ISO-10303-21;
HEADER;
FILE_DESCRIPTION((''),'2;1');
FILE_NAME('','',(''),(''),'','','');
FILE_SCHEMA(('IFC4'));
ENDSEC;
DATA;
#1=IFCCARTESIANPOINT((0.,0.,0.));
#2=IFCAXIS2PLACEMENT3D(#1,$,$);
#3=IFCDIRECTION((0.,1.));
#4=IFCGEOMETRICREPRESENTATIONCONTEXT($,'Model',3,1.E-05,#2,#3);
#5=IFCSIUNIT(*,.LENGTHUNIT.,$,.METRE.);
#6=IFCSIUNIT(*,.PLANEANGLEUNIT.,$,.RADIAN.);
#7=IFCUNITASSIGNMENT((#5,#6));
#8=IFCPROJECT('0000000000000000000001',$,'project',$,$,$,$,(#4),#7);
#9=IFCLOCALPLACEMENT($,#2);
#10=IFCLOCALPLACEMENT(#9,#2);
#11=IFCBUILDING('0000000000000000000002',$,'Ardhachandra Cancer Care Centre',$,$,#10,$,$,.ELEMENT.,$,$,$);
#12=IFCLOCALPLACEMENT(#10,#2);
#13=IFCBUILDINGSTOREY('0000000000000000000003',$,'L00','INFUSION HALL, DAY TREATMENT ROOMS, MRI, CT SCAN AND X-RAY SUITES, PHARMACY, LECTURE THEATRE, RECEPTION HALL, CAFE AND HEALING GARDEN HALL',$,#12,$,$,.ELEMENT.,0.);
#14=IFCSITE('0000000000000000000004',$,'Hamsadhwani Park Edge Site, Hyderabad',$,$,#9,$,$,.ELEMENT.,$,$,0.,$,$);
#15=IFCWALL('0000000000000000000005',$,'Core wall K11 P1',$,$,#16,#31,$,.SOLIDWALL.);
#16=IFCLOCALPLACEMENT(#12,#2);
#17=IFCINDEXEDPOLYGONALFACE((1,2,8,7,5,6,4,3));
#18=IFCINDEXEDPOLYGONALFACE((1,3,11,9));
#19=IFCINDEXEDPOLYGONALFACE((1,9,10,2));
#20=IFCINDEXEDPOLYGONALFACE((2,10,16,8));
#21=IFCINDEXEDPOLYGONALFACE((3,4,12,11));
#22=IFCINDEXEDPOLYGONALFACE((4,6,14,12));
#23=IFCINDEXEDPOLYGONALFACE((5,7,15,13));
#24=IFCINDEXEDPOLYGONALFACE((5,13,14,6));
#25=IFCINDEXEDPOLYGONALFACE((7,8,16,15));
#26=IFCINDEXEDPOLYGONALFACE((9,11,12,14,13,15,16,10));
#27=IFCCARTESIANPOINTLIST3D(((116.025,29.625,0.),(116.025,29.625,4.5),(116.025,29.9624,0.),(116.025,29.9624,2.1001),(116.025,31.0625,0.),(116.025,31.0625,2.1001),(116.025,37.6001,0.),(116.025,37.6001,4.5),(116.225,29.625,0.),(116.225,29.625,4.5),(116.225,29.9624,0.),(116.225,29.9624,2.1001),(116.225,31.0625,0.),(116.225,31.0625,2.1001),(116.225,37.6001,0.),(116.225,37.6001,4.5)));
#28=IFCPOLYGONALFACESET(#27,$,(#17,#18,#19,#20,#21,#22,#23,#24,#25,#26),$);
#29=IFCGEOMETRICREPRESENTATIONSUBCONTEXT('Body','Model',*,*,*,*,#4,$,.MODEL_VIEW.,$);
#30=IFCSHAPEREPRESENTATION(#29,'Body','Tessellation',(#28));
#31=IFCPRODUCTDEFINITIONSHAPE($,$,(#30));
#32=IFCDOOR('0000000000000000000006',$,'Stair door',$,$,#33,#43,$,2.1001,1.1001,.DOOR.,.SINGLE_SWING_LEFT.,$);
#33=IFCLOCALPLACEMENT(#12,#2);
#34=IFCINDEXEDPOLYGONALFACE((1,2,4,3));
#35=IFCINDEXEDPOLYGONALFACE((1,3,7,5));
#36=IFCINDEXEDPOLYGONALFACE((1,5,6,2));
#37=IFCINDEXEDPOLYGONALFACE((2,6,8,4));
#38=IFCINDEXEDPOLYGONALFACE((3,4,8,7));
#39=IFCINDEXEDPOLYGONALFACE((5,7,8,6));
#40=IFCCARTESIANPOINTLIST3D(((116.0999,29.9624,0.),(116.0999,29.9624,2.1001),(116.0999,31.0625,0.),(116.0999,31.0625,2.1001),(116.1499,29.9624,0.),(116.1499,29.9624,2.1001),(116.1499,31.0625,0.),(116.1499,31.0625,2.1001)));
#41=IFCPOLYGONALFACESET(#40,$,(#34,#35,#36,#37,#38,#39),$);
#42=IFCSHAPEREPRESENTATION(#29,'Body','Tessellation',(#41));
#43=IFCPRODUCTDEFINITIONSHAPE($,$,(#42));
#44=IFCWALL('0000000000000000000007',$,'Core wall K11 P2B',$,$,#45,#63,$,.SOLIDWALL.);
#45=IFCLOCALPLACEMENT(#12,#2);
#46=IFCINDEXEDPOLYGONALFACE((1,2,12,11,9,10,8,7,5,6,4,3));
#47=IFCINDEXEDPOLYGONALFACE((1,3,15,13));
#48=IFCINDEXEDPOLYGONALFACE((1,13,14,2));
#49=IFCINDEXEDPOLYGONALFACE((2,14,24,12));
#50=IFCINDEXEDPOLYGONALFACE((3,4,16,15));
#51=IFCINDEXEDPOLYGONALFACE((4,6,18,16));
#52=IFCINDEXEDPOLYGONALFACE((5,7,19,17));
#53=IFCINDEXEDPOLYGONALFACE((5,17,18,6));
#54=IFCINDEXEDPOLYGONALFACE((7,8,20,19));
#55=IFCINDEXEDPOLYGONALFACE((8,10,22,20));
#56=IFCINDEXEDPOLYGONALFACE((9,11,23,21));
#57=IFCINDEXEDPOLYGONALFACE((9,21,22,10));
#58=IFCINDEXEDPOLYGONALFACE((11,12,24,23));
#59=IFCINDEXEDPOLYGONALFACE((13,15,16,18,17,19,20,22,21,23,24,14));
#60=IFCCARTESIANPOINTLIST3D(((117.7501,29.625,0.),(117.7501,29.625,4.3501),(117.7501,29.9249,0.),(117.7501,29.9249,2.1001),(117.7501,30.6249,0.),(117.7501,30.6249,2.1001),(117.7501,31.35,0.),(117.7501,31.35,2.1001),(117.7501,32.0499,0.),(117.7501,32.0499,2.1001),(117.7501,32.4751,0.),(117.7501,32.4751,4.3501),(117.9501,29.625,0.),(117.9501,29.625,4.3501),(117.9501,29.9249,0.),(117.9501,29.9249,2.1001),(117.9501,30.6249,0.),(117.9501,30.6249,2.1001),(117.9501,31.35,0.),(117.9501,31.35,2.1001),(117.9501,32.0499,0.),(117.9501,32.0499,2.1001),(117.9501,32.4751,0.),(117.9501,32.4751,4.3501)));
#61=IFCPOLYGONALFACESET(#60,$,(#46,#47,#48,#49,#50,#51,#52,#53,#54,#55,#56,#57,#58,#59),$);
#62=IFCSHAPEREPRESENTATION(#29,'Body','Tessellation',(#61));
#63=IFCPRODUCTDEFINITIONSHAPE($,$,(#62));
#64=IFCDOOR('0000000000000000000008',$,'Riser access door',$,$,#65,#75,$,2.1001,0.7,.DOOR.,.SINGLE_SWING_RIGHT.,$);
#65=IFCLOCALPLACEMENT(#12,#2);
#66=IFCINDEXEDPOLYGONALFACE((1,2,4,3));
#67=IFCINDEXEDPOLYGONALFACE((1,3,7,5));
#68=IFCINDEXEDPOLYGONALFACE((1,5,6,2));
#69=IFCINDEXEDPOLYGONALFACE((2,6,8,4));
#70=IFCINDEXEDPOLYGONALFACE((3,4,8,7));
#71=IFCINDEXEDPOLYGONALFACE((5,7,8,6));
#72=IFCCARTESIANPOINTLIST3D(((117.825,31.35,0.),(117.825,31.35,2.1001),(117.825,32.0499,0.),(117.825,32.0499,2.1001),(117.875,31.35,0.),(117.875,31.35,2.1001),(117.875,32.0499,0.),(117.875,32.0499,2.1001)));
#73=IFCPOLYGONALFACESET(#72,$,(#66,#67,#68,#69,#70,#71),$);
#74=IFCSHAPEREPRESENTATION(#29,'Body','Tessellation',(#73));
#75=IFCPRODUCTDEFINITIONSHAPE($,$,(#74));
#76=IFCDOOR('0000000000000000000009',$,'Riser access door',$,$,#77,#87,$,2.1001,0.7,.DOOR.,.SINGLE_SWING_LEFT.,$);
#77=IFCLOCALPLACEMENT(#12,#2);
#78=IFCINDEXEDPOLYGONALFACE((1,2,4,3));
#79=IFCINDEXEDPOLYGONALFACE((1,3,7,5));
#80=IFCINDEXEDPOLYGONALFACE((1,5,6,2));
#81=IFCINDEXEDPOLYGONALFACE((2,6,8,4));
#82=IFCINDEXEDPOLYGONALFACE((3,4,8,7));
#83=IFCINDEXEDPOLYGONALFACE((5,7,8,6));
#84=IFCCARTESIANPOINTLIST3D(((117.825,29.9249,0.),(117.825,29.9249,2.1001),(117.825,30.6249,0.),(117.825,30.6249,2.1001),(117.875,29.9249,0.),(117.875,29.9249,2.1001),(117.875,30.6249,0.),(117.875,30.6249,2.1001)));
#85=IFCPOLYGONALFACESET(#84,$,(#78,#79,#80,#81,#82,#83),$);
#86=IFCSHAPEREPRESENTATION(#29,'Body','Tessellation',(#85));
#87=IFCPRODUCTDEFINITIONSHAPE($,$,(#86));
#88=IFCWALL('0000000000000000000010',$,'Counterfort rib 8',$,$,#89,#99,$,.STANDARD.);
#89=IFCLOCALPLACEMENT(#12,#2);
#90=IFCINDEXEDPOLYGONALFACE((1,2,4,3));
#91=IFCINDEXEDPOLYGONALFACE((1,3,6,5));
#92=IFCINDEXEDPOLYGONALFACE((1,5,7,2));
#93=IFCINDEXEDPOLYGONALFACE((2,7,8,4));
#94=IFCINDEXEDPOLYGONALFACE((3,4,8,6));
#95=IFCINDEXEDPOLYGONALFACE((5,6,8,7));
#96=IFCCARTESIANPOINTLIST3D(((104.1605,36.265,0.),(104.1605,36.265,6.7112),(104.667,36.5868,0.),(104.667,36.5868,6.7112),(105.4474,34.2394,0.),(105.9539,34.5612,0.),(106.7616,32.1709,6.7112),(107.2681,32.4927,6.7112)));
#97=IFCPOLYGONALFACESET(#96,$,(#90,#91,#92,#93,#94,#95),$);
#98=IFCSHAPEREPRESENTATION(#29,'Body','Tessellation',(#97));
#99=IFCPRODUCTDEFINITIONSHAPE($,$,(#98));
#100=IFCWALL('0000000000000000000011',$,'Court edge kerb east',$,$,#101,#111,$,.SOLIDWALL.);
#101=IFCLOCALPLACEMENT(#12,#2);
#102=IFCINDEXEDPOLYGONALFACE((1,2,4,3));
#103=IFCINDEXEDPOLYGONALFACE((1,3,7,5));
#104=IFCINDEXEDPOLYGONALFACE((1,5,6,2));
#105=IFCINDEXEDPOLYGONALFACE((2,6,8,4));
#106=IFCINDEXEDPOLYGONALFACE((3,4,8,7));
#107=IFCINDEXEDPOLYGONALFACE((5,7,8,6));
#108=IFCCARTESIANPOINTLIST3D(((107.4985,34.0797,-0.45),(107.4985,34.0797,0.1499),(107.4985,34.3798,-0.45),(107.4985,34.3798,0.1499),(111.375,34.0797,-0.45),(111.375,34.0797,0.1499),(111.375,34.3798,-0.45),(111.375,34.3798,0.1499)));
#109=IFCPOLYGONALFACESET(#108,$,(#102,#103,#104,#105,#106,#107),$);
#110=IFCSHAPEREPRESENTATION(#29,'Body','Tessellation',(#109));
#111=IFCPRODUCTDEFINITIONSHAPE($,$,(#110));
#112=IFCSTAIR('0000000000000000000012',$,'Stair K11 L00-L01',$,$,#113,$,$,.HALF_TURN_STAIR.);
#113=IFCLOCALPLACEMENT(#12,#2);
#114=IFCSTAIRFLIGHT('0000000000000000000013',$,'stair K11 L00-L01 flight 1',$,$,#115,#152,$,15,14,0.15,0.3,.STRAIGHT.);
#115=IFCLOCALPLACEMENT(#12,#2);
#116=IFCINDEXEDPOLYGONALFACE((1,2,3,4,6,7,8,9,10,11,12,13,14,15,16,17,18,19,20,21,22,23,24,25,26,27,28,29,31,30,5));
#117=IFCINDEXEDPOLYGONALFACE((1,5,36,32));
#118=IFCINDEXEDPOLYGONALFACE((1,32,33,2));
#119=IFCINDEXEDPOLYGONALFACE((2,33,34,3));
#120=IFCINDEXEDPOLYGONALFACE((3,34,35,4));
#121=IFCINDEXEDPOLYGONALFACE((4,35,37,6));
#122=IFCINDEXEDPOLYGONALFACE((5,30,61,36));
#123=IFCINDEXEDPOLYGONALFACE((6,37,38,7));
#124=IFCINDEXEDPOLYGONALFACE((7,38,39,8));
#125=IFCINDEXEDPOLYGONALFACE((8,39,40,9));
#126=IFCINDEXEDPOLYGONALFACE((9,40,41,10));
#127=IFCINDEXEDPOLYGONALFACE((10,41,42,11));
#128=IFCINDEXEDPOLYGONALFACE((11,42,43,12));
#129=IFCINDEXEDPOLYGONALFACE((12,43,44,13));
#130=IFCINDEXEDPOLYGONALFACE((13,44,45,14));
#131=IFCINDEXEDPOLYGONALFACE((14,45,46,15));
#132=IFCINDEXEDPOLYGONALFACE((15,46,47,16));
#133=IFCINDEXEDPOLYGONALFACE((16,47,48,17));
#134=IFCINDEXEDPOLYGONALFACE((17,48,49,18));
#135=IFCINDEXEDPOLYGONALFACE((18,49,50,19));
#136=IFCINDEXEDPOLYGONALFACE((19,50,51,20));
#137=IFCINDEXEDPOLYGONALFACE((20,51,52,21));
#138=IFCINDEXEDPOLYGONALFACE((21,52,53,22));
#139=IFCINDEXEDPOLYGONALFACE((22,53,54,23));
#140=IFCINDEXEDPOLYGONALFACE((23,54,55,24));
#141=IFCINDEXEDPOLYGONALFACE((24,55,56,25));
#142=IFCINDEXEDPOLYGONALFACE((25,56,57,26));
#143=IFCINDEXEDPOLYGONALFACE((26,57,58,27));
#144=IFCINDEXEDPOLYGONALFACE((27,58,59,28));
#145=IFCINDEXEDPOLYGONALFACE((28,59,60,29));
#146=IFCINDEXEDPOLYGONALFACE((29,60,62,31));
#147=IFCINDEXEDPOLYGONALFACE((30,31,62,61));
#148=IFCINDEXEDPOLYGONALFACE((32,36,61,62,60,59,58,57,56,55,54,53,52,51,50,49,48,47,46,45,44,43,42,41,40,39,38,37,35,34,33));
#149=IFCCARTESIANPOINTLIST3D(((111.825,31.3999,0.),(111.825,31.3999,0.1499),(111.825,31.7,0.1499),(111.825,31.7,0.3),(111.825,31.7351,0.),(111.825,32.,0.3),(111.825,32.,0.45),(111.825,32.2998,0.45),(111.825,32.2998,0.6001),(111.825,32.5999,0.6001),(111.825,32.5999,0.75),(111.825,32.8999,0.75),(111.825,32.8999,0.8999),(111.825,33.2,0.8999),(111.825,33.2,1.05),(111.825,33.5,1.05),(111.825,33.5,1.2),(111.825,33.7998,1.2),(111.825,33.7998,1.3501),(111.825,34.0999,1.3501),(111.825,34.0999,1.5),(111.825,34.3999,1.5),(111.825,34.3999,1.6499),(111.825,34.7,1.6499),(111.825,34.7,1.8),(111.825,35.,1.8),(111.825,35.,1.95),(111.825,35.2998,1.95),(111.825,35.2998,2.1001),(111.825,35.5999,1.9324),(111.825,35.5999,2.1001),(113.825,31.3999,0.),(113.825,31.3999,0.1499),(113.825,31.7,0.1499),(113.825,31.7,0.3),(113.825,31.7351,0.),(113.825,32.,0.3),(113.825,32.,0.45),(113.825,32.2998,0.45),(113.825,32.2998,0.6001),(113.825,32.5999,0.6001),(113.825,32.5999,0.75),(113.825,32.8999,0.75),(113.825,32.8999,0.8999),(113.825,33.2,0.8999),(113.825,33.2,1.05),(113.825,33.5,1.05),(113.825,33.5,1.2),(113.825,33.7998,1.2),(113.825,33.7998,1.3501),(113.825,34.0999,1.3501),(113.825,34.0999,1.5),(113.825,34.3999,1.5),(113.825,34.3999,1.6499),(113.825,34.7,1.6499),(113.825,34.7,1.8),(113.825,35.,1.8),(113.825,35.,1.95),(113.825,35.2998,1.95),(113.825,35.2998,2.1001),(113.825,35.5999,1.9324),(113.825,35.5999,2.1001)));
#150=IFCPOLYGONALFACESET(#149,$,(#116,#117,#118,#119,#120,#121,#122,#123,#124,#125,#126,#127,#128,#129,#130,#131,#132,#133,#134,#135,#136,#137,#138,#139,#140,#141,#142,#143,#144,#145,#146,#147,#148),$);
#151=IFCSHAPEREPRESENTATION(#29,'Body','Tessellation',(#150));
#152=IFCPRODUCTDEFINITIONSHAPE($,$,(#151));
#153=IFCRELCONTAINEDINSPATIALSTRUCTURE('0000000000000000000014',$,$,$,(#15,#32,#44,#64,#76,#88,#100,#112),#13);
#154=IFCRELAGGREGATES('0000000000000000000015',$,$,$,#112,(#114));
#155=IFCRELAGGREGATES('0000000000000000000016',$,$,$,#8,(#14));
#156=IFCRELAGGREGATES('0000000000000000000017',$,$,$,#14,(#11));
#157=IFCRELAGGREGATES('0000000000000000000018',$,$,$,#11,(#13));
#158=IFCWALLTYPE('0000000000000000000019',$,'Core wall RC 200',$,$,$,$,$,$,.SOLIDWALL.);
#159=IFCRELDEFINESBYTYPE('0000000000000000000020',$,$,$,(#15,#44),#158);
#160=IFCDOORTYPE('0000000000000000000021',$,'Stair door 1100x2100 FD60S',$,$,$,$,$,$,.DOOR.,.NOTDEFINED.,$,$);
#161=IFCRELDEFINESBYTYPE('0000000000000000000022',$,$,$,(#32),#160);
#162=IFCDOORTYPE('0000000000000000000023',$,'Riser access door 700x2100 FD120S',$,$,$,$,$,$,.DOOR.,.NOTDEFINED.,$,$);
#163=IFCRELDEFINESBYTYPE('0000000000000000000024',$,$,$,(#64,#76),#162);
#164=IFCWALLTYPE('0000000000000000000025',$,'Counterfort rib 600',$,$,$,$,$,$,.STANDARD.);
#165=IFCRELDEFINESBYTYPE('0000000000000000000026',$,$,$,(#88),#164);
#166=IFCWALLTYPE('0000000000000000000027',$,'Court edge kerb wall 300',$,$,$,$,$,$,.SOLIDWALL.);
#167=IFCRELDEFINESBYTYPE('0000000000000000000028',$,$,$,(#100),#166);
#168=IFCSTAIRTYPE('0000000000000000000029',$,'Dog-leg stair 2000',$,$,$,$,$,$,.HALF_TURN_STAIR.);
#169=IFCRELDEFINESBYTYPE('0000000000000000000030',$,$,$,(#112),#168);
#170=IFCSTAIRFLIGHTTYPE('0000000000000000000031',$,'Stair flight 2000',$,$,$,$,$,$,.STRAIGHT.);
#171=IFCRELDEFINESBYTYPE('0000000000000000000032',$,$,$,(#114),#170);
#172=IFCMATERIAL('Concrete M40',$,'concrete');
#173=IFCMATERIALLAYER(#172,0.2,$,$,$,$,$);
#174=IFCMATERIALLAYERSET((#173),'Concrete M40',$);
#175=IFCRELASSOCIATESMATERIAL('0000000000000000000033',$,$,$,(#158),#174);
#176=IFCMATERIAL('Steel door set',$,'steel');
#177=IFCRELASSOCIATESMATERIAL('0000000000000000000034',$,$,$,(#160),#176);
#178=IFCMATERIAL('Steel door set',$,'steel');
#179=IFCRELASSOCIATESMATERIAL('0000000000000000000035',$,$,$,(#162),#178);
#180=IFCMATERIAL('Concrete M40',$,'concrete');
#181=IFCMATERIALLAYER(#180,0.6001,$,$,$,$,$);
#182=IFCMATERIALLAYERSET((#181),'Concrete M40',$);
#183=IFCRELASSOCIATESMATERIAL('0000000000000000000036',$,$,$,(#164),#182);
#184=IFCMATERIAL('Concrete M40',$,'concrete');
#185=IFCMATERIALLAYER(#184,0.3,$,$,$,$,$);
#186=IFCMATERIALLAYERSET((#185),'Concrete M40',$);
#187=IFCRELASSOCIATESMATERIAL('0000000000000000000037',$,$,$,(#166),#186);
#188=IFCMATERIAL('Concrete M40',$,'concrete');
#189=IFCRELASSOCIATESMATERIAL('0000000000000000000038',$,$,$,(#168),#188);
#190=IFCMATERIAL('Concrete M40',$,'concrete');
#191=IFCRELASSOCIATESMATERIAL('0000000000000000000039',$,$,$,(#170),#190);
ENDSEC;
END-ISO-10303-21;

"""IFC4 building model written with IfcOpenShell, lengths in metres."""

from ifc_helpers import new_model, si_unit, direction, frame, frame_2d, origin, place, context, subcontext, project, spatial, polyline, rectangle, outline, extrude, material, layer, layer_set, type_object, element, fill, aggregate, save


model = new_model("IFC4")

# Units and contexts
model_context = context("Model", 3, precision=1e-05, world=origin(), true_north=direction((0.0, 1.0)))
body_context = subcontext(model_context, "Body", "Model", "MODEL_VIEW")
ifc_project = project(units=[si_unit("LENGTHUNIT", "METRE"), si_unit("PLANEANGLEUNIT", "RADIAN")], contexts=[model_context])

# Site, building, storey
site_placement = place(None, origin())
site = spatial("IfcSite", under=ifc_project, at=site_placement, Name="Hamsadhwani Park Edge Site, Hyderabad", CompositionType="ELEMENT", RefElevation=0.0)
building_placement = place(site_placement, origin())
building = spatial("IfcBuilding", under=site, at=building_placement, Name="Ardhachandra Cancer Care Centre", CompositionType="ELEMENT")
storey_placement = place(building_placement, origin())
storey = spatial("IfcBuildingStorey", under=building, at=storey_placement, Name="L00", Description="INFUSION HALL, DAY TREATMENT ROOMS, MRI, CT SCAN AND X-RAY SUITES, PHARMACY, LECTURE THEATRE, RECEPTION HALL, CAFE AND HEALING GARDEN HALL", CompositionType="ELEMENT", Elevation=0.0)

# Wall, opening, door
ifc_material_1 = material(Name="Concrete M40", Category="concrete")
ifc_layer_1 = layer(ifc_material_1, 0.2)
ifc_layer_set_1 = layer_set([ifc_layer_1], Name="Concrete M40")
wall_type_1 = type_object("IfcWallType", Name="Core wall RC 200", PredefinedType="SOLIDWALL", material=ifc_layer_set_1)
wall_1_placement = place(storey_placement, frame((116.125, 37.6001, 0.0), z_axis=(0.0, 0.0, 1.0), x_axis=(0.0, -1.0, 0.0)))
wall_1 = element("IfcWall", 1, at=wall_1_placement, inside=storey, type_object=wall_type_1, Name="Core wall K11 P1", PredefinedType="SOLIDWALL", context=body_context, shape_type="SweptSolid", body=[
    extrude(rectangle(XDim=7.9751, YDim=0.2, at=frame_2d((3.9875, 0.0))), origin(), (0.0, 0.0, 1.0), 4.5),
])
opening_1_placement = place(wall_1_placement, frame((6.5376, 0.0, 0.0)))
opening_1 = element("IfcOpeningElement", 2, at=opening_1_placement, cuts=wall_1, PredefinedType="OPENING", context=body_context, shape_type="SweptSolid", body=[
    extrude(rectangle(XDim=1.1001, YDim=2.1001, at=frame_2d((0.55, 1.05))), frame((0.0, 0.1099, 0.0), z_axis=(0.0, -1.0, 0.0), x_axis=(1.0, 0.0, 0.0)), (0.0, 0.0, 1.0), 0.22),
])
ifc_material_2 = material(Name="Steel door set", Category="steel")
door_type_1 = type_object("IfcDoorType", Name="Stair door 1100x2100 FD60S", OperationType="NOTDEFINED", PredefinedType="DOOR", material=ifc_material_2)
door_1_placement = place(opening_1_placement, origin())
door_1 = element("IfcDoor", 3, at=door_1_placement, inside=storey, type_object=door_type_1, Name="Stair door", OperationType="SINGLE_SWING_LEFT", OverallHeight=2.1001, OverallWidth=1.1001, PredefinedType="DOOR", context=body_context, shape_type="SweptSolid", body=[
    extrude(rectangle(XDim=1.1001, YDim=2.1001, at=frame_2d((0.55, 1.05))), frame((0.0, 0.0249, 0.0), z_axis=(0.0, -1.0, 0.0), x_axis=(1.0, 0.0, 0.0)), (0.0, 0.0, 1.0), 0.05),
])
fill(opening_1, door_1)

# Wall, openings, doors
wall_2_placement = place(storey_placement, frame((117.8501, 32.4751, 0.0), z_axis=(0.0, 0.0, 1.0), x_axis=(0.0, -1.0, 0.0)))
wall_2 = element("IfcWall", 4, at=wall_2_placement, inside=storey, type_object=wall_type_1, Name="Core wall K11 P2B", PredefinedType="SOLIDWALL", context=body_context, shape_type="SweptSolid", body=[
    extrude(rectangle(XDim=2.8501, YDim=0.2, at=frame_2d((1.425, 0.0))), origin(), (0.0, 0.0, 1.0), 4.3501),
])
opening_2_placement = place(wall_2_placement, frame((0.425, 0.0, 0.0)))
opening_2 = element("IfcOpeningElement", 5, at=opening_2_placement, cuts=wall_2, PredefinedType="OPENING", context=body_context, shape_type="SweptSolid", body=[
    extrude(rectangle(XDim=0.7, YDim=2.1001, at=frame_2d((0.3501, 1.05))), frame((0.0, 0.1099, 0.0), z_axis=(0.0, -1.0, 0.0), x_axis=(1.0, 0.0, 0.0)), (0.0, 0.0, 1.0), 0.22),
])
opening_3_placement = place(wall_2_placement, frame((1.8501, 0.0, 0.0)))
opening_3 = element("IfcOpeningElement", 6, at=opening_3_placement, cuts=wall_2, PredefinedType="OPENING", context=body_context, shape_type="SweptSolid", body=[
    extrude(rectangle(XDim=0.7, YDim=2.1001, at=frame_2d((0.3501, 1.05))), frame((0.0, 0.1099, 0.0), z_axis=(0.0, -1.0, 0.0), x_axis=(1.0, 0.0, 0.0)), (0.0, 0.0, 1.0), 0.22),
])
ifc_material_3 = material(Name="Steel door set", Category="steel")
door_type_2 = type_object("IfcDoorType", Name="Riser access door 700x2100 FD120S", OperationType="NOTDEFINED", PredefinedType="DOOR", material=ifc_material_3)
door_2_placement = place(opening_2_placement, origin())
door_2 = element("IfcDoor", 7, at=door_2_placement, inside=storey, type_object=door_type_2, Name="Riser access door", OperationType="SINGLE_SWING_RIGHT", OverallHeight=2.1001, OverallWidth=0.7, PredefinedType="DOOR", context=body_context, shape_type="SweptSolid", body=[
    extrude(rectangle(XDim=0.7, YDim=2.1001, at=frame_2d((0.3501, 1.05))), frame((0.0, 0.0249, 0.0), z_axis=(0.0, -1.0, 0.0), x_axis=(1.0, 0.0, 0.0)), (0.0, 0.0, 1.0), 0.05),
])
fill(opening_2, door_2)
door_3_placement = place(opening_3_placement, origin())
door_3 = element("IfcDoor", 8, at=door_3_placement, inside=storey, type_object=door_type_2, Name="Riser access door", OperationType="SINGLE_SWING_LEFT", OverallHeight=2.1001, OverallWidth=0.7, PredefinedType="DOOR", context=body_context, shape_type="SweptSolid", body=[
    extrude(rectangle(XDim=0.7, YDim=2.1001, at=frame_2d((0.3501, 1.05))), frame((0.0, 0.0249, 0.0), z_axis=(0.0, -1.0, 0.0), x_axis=(1.0, 0.0, 0.0)), (0.0, 0.0, 1.0), 0.05),
])
fill(opening_3, door_3)

# Walls
ifc_material_4 = material(Name="Concrete M40", Category="concrete")
ifc_layer_2 = layer(ifc_material_4, 0.6001)
ifc_layer_set_2 = layer_set([ifc_layer_2], Name="Concrete M40")
wall_type_2 = type_object("IfcWallType", Name="Counterfort rib 600", PredefinedType="STANDARD", material=ifc_layer_set_2)
wall_3_placement = place(storey_placement, frame((107.0149, 32.3318, 0.0), z_axis=(0.0, 0.0, 1.0), x_axis=(-0.53626, 0.844053, 0.0)))
element("IfcWall", 9, at=wall_3_placement, inside=storey, type_object=wall_type_2, Name="Counterfort rib 8", PredefinedType="STANDARD", context=body_context, shape_type="SweptSolid", body=[
    extrude(outline(polyline([(2.4507, 0.0), (4.8506, 0.0), (4.8506, 6.7112), (0.0, 6.7112), (2.4507, 0.0)])), frame((0.0, 0.3, 0.0), z_axis=(0.0, -1.0, 0.0), x_axis=(1.0, 0.0, 0.0)), (0.0, 0.0, 1.0), 0.6001),
])
ifc_material_5 = material(Name="Concrete M40", Category="concrete")
ifc_layer_3 = layer(ifc_material_5, 0.3)
ifc_layer_set_3 = layer_set([ifc_layer_3], Name="Concrete M40")
wall_type_3 = type_object("IfcWallType", Name="Court edge kerb wall 300", PredefinedType="SOLIDWALL", material=ifc_layer_set_3)
wall_4_placement = place(storey_placement, frame((107.4985, 34.2297, -0.45), z_axis=(0.0, 0.0, 1.0), x_axis=(1.0, 0.0, 0.0)))
element("IfcWall", 10, at=wall_4_placement, inside=storey, type_object=wall_type_3, Name="Court edge kerb east", PredefinedType="SOLIDWALL", context=body_context, shape_type="SweptSolid", body=[
    extrude(rectangle(XDim=3.8765, YDim=0.3, at=frame_2d((1.9382, 0.0))), origin(), (0.0, 0.0, 1.0), 0.5999),
])

# Stair, stair flight
ifc_material_6 = material(Name="Concrete M40", Category="concrete")
stair_type = type_object("IfcStairType", Name="Dog-leg stair 2000", PredefinedType="HALF_TURN_STAIR", material=ifc_material_6)
stair_placement = place(storey_placement, origin())
stair = element("IfcStair", 11, at=stair_placement, inside=storey, type_object=stair_type, Name="Stair K11 L00-L01", PredefinedType="HALF_TURN_STAIR")
ifc_material_7 = material(Name="Concrete M40", Category="concrete")
stair_flight_type = type_object("IfcStairFlightType", Name="Stair flight 2000", PredefinedType="STRAIGHT", material=ifc_material_7)
stair_flight_1_placement = place(storey_placement, frame((112.825, 31.3999, 0.0), z_axis=(0.0, 0.0, 1.0), x_axis=(0.0, 1.0, 0.0)))
stair_flight_1 = element("IfcStairFlight", 12, at=stair_flight_1_placement, type_object=stair_flight_type, Name="stair K11 L00-L01 flight 1", NumberOfRisers=15, NumberOfTreads=14, PredefinedType="STRAIGHT", RiserHeight=0.15, TreadLength=0.3, context=body_context, shape_type="SweptSolid", body=[
    extrude(outline(polyline([(0.0, 0.0), (0.0, 0.1499), (0.3, 0.1499), (0.3, 0.3), (0.6001, 0.3), (0.6001, 0.45), (0.8999, 0.45), (0.8999, 0.6001), (1.2, 0.6001), (1.2, 0.75), (1.5, 0.75), (1.5, 0.8999), (1.8, 0.8999), (1.8, 1.05), (2.1001, 1.05), (2.1001, 1.2), (2.3999, 1.2), (2.3999, 1.3501), (2.7, 1.3501), (2.7, 1.5), (3.0, 1.5), (3.0, 1.6499), (3.3, 1.6499), (3.3, 1.8), (3.6001, 1.8), (3.6001, 1.95), (3.8999, 1.95), (3.8999, 2.1001), (4.2, 2.1001), (4.2, 2.25), (4.2, 1.9324), (0.3352, 0.0), (0.0, 0.0)])), frame((0.0, 1.0, 0.0), z_axis=(0.0, -1.0, 0.0), x_axis=(1.0, 0.0, 0.0)), (0.0, 0.0, 1.0), 2.0),
])
aggregate(stair, [stair_flight_1])

save(model, "model.ifc")
